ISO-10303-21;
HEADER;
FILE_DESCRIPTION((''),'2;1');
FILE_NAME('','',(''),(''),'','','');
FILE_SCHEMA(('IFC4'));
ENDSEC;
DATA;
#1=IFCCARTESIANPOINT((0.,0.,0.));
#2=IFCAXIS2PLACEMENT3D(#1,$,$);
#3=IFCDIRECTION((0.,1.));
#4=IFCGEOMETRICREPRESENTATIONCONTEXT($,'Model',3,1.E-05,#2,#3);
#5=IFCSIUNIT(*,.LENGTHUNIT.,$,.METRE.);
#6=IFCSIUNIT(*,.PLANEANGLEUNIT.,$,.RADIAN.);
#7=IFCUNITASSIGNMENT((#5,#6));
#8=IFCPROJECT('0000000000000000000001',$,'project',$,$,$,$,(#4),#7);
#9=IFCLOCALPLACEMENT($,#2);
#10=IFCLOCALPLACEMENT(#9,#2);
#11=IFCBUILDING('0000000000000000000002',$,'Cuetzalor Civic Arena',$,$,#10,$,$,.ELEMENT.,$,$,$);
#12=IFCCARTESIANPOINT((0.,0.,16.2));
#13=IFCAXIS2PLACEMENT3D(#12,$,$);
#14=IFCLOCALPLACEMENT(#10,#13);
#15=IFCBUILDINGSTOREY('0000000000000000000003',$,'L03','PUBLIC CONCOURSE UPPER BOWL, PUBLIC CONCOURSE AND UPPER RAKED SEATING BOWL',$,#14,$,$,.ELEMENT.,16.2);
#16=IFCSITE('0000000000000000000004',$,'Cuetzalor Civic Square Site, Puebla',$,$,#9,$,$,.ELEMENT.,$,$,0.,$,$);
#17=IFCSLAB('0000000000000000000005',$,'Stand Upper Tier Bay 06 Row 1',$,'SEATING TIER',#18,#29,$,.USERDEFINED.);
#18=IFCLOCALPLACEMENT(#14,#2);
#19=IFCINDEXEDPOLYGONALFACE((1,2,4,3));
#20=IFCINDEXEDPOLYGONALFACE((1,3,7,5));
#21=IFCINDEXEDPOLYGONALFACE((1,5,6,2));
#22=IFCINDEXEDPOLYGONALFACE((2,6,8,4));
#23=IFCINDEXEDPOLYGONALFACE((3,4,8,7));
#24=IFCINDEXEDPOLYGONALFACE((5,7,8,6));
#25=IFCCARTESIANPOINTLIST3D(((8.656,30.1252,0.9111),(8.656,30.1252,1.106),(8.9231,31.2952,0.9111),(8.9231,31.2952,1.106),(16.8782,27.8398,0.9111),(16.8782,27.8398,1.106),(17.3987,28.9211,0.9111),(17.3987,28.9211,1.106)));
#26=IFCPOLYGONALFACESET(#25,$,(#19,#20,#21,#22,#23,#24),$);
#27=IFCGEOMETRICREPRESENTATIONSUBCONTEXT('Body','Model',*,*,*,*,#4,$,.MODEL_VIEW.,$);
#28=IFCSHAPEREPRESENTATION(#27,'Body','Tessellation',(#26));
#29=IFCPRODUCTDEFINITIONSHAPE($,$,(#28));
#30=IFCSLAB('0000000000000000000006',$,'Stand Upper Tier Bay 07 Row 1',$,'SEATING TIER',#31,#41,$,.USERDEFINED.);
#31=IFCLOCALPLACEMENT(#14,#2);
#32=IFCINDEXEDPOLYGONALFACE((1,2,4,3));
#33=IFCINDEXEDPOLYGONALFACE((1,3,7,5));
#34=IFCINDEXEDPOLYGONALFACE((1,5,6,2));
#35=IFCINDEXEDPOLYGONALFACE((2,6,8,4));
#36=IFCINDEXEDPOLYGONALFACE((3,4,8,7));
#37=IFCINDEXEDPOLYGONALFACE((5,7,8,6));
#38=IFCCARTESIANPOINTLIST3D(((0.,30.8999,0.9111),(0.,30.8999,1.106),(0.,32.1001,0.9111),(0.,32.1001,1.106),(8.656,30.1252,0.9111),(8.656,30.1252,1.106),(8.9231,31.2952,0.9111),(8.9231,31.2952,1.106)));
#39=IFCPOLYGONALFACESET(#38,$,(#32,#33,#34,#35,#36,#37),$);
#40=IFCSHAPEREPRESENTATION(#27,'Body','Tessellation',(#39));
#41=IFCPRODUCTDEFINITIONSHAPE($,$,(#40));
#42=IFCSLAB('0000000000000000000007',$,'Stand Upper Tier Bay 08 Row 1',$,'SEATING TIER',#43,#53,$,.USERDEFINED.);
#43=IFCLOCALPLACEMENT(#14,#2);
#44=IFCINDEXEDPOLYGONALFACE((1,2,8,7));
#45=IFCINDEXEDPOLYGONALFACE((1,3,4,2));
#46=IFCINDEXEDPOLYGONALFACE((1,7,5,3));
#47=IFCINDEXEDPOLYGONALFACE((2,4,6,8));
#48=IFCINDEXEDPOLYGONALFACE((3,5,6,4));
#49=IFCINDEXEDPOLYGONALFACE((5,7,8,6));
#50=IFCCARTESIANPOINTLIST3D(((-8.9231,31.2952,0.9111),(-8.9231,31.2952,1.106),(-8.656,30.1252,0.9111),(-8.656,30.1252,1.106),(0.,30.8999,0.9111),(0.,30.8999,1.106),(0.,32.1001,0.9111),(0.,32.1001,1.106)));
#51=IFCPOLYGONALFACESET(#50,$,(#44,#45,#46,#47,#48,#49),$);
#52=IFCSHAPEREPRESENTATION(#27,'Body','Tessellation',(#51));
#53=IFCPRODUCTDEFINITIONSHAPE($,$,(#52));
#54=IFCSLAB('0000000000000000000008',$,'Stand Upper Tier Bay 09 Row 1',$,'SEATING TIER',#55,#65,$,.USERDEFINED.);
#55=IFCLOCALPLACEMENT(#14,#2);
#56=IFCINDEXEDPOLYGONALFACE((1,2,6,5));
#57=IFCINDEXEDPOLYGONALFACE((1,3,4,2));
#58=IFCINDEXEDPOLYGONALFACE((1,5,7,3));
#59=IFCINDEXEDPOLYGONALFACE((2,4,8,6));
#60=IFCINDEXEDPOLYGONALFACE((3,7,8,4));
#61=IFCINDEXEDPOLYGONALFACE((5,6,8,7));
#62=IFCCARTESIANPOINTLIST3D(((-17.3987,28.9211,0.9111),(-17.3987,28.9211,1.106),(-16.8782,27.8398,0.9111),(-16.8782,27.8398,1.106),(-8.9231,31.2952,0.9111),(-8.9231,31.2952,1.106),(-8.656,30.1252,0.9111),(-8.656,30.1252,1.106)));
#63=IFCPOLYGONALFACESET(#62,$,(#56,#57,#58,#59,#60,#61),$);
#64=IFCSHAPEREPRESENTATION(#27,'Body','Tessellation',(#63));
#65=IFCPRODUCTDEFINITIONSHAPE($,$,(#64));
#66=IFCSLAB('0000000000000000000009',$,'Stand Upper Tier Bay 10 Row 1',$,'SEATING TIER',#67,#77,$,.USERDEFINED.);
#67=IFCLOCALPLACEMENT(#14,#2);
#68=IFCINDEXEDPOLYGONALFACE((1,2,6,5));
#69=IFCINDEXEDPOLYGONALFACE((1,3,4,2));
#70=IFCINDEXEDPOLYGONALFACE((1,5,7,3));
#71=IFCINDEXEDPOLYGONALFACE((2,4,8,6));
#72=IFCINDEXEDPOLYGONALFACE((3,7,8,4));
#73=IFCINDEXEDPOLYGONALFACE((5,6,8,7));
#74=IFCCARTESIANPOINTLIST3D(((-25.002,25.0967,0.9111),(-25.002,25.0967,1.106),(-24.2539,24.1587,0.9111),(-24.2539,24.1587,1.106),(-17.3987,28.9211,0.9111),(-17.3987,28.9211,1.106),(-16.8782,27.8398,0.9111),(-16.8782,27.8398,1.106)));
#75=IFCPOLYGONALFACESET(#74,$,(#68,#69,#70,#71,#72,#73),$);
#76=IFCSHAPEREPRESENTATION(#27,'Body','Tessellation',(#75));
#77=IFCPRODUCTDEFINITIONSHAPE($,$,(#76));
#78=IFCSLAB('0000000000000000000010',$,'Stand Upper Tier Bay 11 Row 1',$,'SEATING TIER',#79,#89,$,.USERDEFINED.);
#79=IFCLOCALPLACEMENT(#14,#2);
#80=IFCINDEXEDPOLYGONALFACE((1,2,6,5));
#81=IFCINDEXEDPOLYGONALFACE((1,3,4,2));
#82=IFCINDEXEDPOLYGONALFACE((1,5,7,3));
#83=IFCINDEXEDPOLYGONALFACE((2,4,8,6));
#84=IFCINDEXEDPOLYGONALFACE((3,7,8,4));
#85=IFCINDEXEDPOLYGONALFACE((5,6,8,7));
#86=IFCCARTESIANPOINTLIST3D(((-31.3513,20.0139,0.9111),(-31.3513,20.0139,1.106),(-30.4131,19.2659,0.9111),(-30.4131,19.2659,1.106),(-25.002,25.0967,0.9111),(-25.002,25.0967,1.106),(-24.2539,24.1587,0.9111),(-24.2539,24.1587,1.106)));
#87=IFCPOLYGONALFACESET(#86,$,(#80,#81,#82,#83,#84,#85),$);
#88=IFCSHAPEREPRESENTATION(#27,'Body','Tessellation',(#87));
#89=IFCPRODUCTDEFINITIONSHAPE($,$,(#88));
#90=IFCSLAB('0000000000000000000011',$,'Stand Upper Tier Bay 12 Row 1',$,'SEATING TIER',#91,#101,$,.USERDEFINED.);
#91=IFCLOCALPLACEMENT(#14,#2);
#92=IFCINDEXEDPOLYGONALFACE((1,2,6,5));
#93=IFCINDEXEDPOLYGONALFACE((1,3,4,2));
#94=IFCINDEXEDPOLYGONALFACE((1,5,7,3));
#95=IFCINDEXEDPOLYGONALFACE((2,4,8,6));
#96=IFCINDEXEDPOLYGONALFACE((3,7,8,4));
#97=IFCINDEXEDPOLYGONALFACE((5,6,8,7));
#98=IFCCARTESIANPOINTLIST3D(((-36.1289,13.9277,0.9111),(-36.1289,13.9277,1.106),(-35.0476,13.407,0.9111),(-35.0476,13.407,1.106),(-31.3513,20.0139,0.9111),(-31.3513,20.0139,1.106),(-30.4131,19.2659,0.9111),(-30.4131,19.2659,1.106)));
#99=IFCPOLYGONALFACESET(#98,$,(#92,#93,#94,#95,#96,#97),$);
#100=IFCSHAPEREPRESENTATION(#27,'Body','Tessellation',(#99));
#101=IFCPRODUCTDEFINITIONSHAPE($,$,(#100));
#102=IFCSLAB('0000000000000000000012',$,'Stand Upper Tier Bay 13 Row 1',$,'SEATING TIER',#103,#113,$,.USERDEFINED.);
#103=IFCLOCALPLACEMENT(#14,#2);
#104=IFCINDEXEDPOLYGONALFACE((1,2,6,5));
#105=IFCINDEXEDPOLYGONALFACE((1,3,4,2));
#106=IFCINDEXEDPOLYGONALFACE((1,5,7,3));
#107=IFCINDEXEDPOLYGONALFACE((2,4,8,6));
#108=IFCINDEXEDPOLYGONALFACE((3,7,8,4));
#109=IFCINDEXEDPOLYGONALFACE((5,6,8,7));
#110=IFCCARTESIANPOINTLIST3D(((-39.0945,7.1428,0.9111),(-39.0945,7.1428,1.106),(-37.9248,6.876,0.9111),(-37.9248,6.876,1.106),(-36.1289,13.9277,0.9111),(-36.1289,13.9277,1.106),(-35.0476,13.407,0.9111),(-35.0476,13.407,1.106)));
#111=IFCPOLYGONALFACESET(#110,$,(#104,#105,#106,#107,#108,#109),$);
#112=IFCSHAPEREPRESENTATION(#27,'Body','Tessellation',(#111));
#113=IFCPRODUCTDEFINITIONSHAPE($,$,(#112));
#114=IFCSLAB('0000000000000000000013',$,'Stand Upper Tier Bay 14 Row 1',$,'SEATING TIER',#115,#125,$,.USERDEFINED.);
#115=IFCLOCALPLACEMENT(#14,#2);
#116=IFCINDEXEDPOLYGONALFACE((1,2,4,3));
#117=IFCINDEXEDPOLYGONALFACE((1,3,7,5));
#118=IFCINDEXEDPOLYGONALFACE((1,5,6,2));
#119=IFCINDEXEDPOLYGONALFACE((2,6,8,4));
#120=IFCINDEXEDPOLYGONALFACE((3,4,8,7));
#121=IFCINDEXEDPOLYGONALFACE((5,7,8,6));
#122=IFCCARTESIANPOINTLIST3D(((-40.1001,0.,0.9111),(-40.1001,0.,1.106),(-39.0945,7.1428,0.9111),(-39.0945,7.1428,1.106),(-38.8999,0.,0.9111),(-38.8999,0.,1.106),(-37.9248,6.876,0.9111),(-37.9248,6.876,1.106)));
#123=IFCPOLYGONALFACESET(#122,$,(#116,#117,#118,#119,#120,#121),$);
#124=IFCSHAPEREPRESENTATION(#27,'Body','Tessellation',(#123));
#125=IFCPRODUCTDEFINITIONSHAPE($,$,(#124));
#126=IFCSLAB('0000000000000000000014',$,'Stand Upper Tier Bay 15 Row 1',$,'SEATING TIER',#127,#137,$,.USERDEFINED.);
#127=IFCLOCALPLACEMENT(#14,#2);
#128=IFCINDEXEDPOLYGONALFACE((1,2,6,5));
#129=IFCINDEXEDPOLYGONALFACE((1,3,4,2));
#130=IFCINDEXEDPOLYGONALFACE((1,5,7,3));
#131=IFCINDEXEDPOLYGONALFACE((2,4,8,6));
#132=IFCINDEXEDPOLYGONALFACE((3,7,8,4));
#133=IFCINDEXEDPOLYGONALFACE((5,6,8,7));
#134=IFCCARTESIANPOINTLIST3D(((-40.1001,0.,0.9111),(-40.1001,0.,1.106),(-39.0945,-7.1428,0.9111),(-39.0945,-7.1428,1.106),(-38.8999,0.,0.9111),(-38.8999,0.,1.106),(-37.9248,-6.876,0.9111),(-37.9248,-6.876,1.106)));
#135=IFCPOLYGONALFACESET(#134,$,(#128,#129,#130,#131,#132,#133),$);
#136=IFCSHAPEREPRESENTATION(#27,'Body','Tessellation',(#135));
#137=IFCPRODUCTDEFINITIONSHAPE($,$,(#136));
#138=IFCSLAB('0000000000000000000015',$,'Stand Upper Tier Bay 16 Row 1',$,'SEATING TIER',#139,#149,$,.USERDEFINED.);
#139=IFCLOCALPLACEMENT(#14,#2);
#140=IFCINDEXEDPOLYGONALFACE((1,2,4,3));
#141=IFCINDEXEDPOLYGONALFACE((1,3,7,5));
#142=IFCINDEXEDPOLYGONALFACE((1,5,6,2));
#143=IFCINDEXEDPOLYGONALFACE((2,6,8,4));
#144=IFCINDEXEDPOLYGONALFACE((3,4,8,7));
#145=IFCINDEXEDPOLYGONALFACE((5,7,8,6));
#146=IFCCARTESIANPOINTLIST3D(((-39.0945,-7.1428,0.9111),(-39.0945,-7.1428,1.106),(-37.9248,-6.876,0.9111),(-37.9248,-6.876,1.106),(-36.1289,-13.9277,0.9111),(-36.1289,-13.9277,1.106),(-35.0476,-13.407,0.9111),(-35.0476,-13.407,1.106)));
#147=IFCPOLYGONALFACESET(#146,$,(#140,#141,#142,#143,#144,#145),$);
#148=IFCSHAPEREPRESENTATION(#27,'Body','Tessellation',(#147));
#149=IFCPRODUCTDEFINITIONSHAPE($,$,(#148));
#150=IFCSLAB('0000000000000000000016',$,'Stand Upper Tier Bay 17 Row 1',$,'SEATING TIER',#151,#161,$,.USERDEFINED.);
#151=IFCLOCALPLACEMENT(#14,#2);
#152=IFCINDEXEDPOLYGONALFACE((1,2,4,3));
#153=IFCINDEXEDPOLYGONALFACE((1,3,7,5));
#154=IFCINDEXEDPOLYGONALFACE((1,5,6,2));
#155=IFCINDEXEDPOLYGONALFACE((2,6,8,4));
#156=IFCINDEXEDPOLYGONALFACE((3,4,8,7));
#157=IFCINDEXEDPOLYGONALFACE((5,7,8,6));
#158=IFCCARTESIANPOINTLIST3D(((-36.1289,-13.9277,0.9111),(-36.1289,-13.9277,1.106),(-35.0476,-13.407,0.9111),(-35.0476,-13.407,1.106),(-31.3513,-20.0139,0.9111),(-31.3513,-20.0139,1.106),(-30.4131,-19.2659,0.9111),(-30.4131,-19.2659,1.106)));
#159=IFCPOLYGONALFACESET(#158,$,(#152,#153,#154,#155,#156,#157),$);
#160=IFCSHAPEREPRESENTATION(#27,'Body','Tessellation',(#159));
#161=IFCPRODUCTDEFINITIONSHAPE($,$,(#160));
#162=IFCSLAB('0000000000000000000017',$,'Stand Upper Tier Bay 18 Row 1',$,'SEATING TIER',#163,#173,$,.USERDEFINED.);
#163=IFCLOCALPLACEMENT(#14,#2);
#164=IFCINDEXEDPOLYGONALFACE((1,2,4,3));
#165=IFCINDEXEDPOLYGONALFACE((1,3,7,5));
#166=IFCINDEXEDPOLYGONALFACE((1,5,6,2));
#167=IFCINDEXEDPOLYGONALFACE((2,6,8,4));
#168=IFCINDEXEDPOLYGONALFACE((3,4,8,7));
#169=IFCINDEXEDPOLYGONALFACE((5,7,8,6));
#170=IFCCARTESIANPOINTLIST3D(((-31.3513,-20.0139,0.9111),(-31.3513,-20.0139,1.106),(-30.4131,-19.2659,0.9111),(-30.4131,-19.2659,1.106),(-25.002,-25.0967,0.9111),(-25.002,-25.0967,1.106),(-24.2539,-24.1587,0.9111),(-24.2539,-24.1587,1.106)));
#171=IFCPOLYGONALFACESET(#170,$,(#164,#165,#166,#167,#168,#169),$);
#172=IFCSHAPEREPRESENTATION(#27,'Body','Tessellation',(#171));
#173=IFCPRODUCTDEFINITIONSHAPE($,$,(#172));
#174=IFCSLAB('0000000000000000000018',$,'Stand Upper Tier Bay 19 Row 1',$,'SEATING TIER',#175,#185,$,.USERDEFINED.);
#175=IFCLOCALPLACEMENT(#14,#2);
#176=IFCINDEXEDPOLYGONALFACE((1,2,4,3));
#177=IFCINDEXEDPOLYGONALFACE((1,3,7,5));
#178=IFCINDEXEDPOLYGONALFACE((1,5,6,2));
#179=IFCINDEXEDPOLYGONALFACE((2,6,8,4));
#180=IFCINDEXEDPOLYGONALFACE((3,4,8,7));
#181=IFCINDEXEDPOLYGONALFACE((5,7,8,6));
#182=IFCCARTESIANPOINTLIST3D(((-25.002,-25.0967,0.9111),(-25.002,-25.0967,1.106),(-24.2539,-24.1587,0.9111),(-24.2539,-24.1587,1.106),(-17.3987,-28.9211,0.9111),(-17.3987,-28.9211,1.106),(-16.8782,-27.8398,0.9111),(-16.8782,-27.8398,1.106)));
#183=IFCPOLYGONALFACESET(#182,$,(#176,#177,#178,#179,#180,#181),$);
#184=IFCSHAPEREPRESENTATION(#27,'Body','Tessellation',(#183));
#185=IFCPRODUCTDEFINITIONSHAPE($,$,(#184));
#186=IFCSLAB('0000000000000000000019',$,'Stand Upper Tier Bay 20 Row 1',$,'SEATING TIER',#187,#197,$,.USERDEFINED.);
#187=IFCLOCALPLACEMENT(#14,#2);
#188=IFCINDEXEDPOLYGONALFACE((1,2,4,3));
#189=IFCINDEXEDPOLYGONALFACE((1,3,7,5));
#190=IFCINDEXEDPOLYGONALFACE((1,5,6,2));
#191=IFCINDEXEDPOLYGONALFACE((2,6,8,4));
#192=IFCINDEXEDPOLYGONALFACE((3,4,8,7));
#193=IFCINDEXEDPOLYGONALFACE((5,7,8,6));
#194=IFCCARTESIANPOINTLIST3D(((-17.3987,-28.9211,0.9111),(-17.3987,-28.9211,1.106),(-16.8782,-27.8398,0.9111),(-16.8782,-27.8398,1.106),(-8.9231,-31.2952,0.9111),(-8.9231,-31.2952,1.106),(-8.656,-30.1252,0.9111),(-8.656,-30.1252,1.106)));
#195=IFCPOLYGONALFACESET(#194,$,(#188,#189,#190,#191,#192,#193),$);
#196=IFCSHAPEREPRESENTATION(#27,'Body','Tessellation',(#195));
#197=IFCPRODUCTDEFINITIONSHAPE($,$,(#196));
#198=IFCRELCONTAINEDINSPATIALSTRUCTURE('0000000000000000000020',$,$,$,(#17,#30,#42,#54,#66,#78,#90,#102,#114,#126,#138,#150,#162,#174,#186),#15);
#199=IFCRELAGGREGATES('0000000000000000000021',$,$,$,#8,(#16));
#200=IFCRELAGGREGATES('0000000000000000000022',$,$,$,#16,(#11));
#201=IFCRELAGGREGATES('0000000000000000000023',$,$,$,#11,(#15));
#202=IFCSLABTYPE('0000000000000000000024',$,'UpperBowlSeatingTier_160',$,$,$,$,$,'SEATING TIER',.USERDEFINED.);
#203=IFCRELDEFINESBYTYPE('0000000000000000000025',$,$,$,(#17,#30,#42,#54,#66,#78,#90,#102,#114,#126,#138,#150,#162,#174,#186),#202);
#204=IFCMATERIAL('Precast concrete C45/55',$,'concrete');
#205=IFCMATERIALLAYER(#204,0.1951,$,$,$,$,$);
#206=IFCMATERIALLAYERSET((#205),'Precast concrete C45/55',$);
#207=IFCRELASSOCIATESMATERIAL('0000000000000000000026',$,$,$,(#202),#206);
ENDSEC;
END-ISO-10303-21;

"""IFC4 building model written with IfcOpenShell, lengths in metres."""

from ifc_helpers import new_model, si_unit, direction, frame, origin, place, context, subcontext, project, spatial, polyline, outline, extrude, material, layer, layer_set, type_object, element, save


model = new_model("IFC4")

# Units and contexts
model_context = context("Model", 3, precision=1e-05, world=origin(), true_north=direction((0.0, 1.0)))
body_context = subcontext(model_context, "Body", "Model", "MODEL_VIEW")
ifc_project = project(units=[si_unit("LENGTHUNIT", "METRE"), si_unit("PLANEANGLEUNIT", "RADIAN")], contexts=[model_context])

# Site, building, storey
site_placement = place(None, origin())
site = spatial("IfcSite", under=ifc_project, at=site_placement, Name="Cuetzalor Civic Square Site, Puebla", CompositionType="ELEMENT", RefElevation=0.0)
building_placement = place(site_placement, origin())
building = spatial("IfcBuilding", under=site, at=building_placement, Name="Cuetzalor Civic Arena", CompositionType="ELEMENT")
storey_placement = place(building_placement, frame((0.0, 0.0, 16.2)))
storey = spatial("IfcBuildingStorey", under=building, at=storey_placement, Name="L03", Description="PUBLIC CONCOURSE UPPER BOWL, PUBLIC CONCOURSE AND UPPER RAKED SEATING BOWL", CompositionType="ELEMENT", Elevation=16.2)

# Slabs
ifc_material = material(Name="Precast concrete C45/55", Category="concrete")
ifc_layer = layer(ifc_material, 0.1951)
ifc_layer_set = layer_set([ifc_layer], Name="Precast concrete C45/55")
slab_type = type_object("IfcSlabType", Name="UpperBowlSeatingTier_160", ElementType="SEATING TIER", PredefinedType="USERDEFINED", material=ifc_layer_set)
slab_1_placement = place(storey_placement, frame((0.0, 0.0, 0.9111)))
element("IfcSlab", 1, at=slab_1_placement, inside=storey, type_object=slab_type, Name="Stand Upper Tier Bay 06 Row 1", ObjectType="SEATING TIER", PredefinedType="USERDEFINED", context=body_context, shape_type="SweptSolid", body=[
    extrude(outline(polyline([(16.8782, 27.8398), (8.656, 30.1252), (8.9231, 31.2952), (17.3987, 28.9211), (16.8782, 27.8398)])), origin(), (0.0, 0.0, 1.0), 0.1948),
])
slab_2_placement = place(storey_placement, frame((0.0, 0.0, 0.9111)))
element("IfcSlab", 2, at=slab_2_placement, inside=storey, type_object=slab_type, Name="Stand Upper Tier Bay 07 Row 1", ObjectType="SEATING TIER", PredefinedType="USERDEFINED", context=body_context, shape_type="SweptSolid", body=[
    extrude(outline(polyline([(8.656, 30.1252), (0.0, 30.8999), (0.0, 32.1001), (8.9231, 31.2952), (8.656, 30.1252)])), origin(), (0.0, 0.0, 1.0), 0.1948),
])
slab_3_placement = place(storey_placement, frame((0.0, 0.0, 0.9111)))
element("IfcSlab", 3, at=slab_3_placement, inside=storey, type_object=slab_type, Name="Stand Upper Tier Bay 08 Row 1", ObjectType="SEATING TIER", PredefinedType="USERDEFINED", context=body_context, shape_type="SweptSolid", body=[
    extrude(outline(polyline([(0.0, 30.8999), (-8.656, 30.1252), (-8.9231, 31.2952), (0.0, 32.1001), (0.0, 30.8999)])), origin(), (0.0, 0.0, 1.0), 0.1948),
])
slab_4_placement = place(storey_placement, frame((0.0, 0.0, 0.9111)))
element("IfcSlab", 4, at=slab_4_placement, inside=storey, type_object=slab_type, Name="Stand Upper Tier Bay 09 Row 1", ObjectType="SEATING TIER", PredefinedType="USERDEFINED", context=body_context, shape_type="SweptSolid", body=[
    extrude(outline(polyline([(-8.656, 30.1252), (-16.8782, 27.8398), (-17.3987, 28.9211), (-8.9231, 31.2952), (-8.656, 30.1252)])), origin(), (0.0, 0.0, 1.0), 0.1948),
])
slab_5_placement = place(storey_placement, frame((0.0, 0.0, 0.9111)))
element("IfcSlab", 5, at=slab_5_placement, inside=storey, type_object=slab_type, Name="Stand Upper Tier Bay 10 Row 1", ObjectType="SEATING TIER", PredefinedType="USERDEFINED", context=body_context, shape_type="SweptSolid", body=[
    extrude(outline(polyline([(-16.8782, 27.8398), (-24.2539, 24.1587), (-25.002, 25.0967), (-17.3987, 28.9211), (-16.8782, 27.8398)])), origin(), (0.0, 0.0, 1.0), 0.1948),
])
slab_6_placement = place(storey_placement, frame((0.0, 0.0, 0.9111)))
element("IfcSlab", 6, at=slab_6_placement, inside=storey, type_object=slab_type, Name="Stand Upper Tier Bay 11 Row 1", ObjectType="SEATING TIER", PredefinedType="USERDEFINED", context=body_context, shape_type="SweptSolid", body=[
    extrude(outline(polyline([(-24.2539, 24.1587), (-30.4131, 19.2659), (-31.3513, 20.0139), (-25.002, 25.0967), (-24.2539, 24.1587)])), origin(), (0.0, 0.0, 1.0), 0.1948),
])
slab_7_placement = place(storey_placement, frame((0.0, 0.0, 0.9111)))
element("IfcSlab", 7, at=slab_7_placement, inside=storey, type_object=slab_type, Name="Stand Upper Tier Bay 12 Row 1", ObjectType="SEATING TIER", PredefinedType="USERDEFINED", context=body_context, shape_type="SweptSolid", body=[
    extrude(outline(polyline([(-30.4131, 19.2659), (-35.0476, 13.407), (-36.1289, 13.9277), (-31.3513, 20.0139), (-30.4131, 19.2659)])), origin(), (0.0, 0.0, 1.0), 0.1948),
])
slab_8_placement = place(storey_placement, frame((0.0, 0.0, 0.9111)))
element("IfcSlab", 8, at=slab_8_placement, inside=storey, type_object=slab_type, Name="Stand Upper Tier Bay 13 Row 1", ObjectType="SEATING TIER", PredefinedType="USERDEFINED", context=body_context, shape_type="SweptSolid", body=[
    extrude(outline(polyline([(-35.0476, 13.407), (-37.9248, 6.876), (-39.0945, 7.1428), (-36.1289, 13.9277), (-35.0476, 13.407)])), origin(), (0.0, 0.0, 1.0), 0.1948),
])
slab_9_placement = place(storey_placement, frame((0.0, 0.0, 0.9111)))
element("IfcSlab", 9, at=slab_9_placement, inside=storey, type_object=slab_type, Name="Stand Upper Tier Bay 14 Row 1", ObjectType="SEATING TIER", PredefinedType="USERDEFINED", context=body_context, shape_type="SweptSolid", body=[
    extrude(outline(polyline([(-37.9248, 6.876), (-38.8999, 0.0), (-40.1001, 0.0), (-39.0945, 7.1428), (-37.9248, 6.876)])), origin(), (0.0, 0.0, 1.0), 0.1948),
])
slab_10_placement = place(storey_placement, frame((0.0, 0.0, 0.9111)))
element("IfcSlab", 10, at=slab_10_placement, inside=storey, type_object=slab_type, Name="Stand Upper Tier Bay 15 Row 1", ObjectType="SEATING TIER", PredefinedType="USERDEFINED", context=body_context, shape_type="SweptSolid", body=[
    extrude(outline(polyline([(-38.8999, 0.0), (-37.9248, -6.876), (-39.0945, -7.1428), (-40.1001, 0.0), (-38.8999, 0.0)])), origin(), (0.0, 0.0, 1.0), 0.1948),
])
slab_11_placement = place(storey_placement, frame((0.0, 0.0, 0.9111)))
element("IfcSlab", 11, at=slab_11_placement, inside=storey, type_object=slab_type, Name="Stand Upper Tier Bay 16 Row 1", ObjectType="SEATING TIER", PredefinedType="USERDEFINED", context=body_context, shape_type="SweptSolid", body=[
    extrude(outline(polyline([(-37.9248, -6.876), (-35.0476, -13.407), (-36.1289, -13.9277), (-39.0945, -7.1428), (-37.9248, -6.876)])), origin(), (0.0, 0.0, 1.0), 0.1948),
])
slab_12_placement = place(storey_placement, frame((0.0, 0.0, 0.9111)))
element("IfcSlab", 12, at=slab_12_placement, inside=storey, type_object=slab_type, Name="Stand Upper Tier Bay 17 Row 1", ObjectType="SEATING TIER", PredefinedType="USERDEFINED", context=body_context, shape_type="SweptSolid", body=[
    extrude(outline(polyline([(-35.0476, -13.407), (-30.4131, -19.2659), (-31.3513, -20.0139), (-36.1289, -13.9277), (-35.0476, -13.407)])), origin(), (0.0, 0.0, 1.0), 0.1948),
])
slab_13_placement = place(storey_placement, frame((0.0, 0.0, 0.9111)))
element("IfcSlab", 13, at=slab_13_placement, inside=storey, type_object=slab_type, Name="Stand Upper Tier Bay 18 Row 1", ObjectType="SEATING TIER", PredefinedType="USERDEFINED", context=body_context, shape_type="SweptSolid", body=[
    extrude(outline(polyline([(-30.4131, -19.2659), (-24.2539, -24.1587), (-25.002, -25.0967), (-31.3513, -20.0139), (-30.4131, -19.2659)])), origin(), (0.0, 0.0, 1.0), 0.1948),
])
slab_14_placement = place(storey_placement, frame((0.0, 0.0, 0.9111)))
element("IfcSlab", 14, at=slab_14_placement, inside=storey, type_object=slab_type, Name="Stand Upper Tier Bay 19 Row 1", ObjectType="SEATING TIER", PredefinedType="USERDEFINED", context=body_context, shape_type="SweptSolid", body=[
    extrude(outline(polyline([(-24.2539, -24.1587), (-16.8782, -27.8398), (-17.3987, -28.9211), (-25.002, -25.0967), (-24.2539, -24.1587)])), origin(), (0.0, 0.0, 1.0), 0.1948),
])
slab_15_placement = place(storey_placement, frame((0.0, 0.0, 0.9111)))
element("IfcSlab", 15, at=slab_15_placement, inside=storey, type_object=slab_type, Name="Stand Upper Tier Bay 20 Row 1", ObjectType="SEATING TIER", PredefinedType="USERDEFINED", context=body_context, shape_type="SweptSolid", body=[
    extrude(outline(polyline([(-16.8782, -27.8398), (-8.656, -30.1252), (-8.9231, -31.2952), (-17.3987, -28.9211), (-16.8782, -27.8398)])), origin(), (0.0, 0.0, 1.0), 0.1948),
])

save(model, "model.ifc")
